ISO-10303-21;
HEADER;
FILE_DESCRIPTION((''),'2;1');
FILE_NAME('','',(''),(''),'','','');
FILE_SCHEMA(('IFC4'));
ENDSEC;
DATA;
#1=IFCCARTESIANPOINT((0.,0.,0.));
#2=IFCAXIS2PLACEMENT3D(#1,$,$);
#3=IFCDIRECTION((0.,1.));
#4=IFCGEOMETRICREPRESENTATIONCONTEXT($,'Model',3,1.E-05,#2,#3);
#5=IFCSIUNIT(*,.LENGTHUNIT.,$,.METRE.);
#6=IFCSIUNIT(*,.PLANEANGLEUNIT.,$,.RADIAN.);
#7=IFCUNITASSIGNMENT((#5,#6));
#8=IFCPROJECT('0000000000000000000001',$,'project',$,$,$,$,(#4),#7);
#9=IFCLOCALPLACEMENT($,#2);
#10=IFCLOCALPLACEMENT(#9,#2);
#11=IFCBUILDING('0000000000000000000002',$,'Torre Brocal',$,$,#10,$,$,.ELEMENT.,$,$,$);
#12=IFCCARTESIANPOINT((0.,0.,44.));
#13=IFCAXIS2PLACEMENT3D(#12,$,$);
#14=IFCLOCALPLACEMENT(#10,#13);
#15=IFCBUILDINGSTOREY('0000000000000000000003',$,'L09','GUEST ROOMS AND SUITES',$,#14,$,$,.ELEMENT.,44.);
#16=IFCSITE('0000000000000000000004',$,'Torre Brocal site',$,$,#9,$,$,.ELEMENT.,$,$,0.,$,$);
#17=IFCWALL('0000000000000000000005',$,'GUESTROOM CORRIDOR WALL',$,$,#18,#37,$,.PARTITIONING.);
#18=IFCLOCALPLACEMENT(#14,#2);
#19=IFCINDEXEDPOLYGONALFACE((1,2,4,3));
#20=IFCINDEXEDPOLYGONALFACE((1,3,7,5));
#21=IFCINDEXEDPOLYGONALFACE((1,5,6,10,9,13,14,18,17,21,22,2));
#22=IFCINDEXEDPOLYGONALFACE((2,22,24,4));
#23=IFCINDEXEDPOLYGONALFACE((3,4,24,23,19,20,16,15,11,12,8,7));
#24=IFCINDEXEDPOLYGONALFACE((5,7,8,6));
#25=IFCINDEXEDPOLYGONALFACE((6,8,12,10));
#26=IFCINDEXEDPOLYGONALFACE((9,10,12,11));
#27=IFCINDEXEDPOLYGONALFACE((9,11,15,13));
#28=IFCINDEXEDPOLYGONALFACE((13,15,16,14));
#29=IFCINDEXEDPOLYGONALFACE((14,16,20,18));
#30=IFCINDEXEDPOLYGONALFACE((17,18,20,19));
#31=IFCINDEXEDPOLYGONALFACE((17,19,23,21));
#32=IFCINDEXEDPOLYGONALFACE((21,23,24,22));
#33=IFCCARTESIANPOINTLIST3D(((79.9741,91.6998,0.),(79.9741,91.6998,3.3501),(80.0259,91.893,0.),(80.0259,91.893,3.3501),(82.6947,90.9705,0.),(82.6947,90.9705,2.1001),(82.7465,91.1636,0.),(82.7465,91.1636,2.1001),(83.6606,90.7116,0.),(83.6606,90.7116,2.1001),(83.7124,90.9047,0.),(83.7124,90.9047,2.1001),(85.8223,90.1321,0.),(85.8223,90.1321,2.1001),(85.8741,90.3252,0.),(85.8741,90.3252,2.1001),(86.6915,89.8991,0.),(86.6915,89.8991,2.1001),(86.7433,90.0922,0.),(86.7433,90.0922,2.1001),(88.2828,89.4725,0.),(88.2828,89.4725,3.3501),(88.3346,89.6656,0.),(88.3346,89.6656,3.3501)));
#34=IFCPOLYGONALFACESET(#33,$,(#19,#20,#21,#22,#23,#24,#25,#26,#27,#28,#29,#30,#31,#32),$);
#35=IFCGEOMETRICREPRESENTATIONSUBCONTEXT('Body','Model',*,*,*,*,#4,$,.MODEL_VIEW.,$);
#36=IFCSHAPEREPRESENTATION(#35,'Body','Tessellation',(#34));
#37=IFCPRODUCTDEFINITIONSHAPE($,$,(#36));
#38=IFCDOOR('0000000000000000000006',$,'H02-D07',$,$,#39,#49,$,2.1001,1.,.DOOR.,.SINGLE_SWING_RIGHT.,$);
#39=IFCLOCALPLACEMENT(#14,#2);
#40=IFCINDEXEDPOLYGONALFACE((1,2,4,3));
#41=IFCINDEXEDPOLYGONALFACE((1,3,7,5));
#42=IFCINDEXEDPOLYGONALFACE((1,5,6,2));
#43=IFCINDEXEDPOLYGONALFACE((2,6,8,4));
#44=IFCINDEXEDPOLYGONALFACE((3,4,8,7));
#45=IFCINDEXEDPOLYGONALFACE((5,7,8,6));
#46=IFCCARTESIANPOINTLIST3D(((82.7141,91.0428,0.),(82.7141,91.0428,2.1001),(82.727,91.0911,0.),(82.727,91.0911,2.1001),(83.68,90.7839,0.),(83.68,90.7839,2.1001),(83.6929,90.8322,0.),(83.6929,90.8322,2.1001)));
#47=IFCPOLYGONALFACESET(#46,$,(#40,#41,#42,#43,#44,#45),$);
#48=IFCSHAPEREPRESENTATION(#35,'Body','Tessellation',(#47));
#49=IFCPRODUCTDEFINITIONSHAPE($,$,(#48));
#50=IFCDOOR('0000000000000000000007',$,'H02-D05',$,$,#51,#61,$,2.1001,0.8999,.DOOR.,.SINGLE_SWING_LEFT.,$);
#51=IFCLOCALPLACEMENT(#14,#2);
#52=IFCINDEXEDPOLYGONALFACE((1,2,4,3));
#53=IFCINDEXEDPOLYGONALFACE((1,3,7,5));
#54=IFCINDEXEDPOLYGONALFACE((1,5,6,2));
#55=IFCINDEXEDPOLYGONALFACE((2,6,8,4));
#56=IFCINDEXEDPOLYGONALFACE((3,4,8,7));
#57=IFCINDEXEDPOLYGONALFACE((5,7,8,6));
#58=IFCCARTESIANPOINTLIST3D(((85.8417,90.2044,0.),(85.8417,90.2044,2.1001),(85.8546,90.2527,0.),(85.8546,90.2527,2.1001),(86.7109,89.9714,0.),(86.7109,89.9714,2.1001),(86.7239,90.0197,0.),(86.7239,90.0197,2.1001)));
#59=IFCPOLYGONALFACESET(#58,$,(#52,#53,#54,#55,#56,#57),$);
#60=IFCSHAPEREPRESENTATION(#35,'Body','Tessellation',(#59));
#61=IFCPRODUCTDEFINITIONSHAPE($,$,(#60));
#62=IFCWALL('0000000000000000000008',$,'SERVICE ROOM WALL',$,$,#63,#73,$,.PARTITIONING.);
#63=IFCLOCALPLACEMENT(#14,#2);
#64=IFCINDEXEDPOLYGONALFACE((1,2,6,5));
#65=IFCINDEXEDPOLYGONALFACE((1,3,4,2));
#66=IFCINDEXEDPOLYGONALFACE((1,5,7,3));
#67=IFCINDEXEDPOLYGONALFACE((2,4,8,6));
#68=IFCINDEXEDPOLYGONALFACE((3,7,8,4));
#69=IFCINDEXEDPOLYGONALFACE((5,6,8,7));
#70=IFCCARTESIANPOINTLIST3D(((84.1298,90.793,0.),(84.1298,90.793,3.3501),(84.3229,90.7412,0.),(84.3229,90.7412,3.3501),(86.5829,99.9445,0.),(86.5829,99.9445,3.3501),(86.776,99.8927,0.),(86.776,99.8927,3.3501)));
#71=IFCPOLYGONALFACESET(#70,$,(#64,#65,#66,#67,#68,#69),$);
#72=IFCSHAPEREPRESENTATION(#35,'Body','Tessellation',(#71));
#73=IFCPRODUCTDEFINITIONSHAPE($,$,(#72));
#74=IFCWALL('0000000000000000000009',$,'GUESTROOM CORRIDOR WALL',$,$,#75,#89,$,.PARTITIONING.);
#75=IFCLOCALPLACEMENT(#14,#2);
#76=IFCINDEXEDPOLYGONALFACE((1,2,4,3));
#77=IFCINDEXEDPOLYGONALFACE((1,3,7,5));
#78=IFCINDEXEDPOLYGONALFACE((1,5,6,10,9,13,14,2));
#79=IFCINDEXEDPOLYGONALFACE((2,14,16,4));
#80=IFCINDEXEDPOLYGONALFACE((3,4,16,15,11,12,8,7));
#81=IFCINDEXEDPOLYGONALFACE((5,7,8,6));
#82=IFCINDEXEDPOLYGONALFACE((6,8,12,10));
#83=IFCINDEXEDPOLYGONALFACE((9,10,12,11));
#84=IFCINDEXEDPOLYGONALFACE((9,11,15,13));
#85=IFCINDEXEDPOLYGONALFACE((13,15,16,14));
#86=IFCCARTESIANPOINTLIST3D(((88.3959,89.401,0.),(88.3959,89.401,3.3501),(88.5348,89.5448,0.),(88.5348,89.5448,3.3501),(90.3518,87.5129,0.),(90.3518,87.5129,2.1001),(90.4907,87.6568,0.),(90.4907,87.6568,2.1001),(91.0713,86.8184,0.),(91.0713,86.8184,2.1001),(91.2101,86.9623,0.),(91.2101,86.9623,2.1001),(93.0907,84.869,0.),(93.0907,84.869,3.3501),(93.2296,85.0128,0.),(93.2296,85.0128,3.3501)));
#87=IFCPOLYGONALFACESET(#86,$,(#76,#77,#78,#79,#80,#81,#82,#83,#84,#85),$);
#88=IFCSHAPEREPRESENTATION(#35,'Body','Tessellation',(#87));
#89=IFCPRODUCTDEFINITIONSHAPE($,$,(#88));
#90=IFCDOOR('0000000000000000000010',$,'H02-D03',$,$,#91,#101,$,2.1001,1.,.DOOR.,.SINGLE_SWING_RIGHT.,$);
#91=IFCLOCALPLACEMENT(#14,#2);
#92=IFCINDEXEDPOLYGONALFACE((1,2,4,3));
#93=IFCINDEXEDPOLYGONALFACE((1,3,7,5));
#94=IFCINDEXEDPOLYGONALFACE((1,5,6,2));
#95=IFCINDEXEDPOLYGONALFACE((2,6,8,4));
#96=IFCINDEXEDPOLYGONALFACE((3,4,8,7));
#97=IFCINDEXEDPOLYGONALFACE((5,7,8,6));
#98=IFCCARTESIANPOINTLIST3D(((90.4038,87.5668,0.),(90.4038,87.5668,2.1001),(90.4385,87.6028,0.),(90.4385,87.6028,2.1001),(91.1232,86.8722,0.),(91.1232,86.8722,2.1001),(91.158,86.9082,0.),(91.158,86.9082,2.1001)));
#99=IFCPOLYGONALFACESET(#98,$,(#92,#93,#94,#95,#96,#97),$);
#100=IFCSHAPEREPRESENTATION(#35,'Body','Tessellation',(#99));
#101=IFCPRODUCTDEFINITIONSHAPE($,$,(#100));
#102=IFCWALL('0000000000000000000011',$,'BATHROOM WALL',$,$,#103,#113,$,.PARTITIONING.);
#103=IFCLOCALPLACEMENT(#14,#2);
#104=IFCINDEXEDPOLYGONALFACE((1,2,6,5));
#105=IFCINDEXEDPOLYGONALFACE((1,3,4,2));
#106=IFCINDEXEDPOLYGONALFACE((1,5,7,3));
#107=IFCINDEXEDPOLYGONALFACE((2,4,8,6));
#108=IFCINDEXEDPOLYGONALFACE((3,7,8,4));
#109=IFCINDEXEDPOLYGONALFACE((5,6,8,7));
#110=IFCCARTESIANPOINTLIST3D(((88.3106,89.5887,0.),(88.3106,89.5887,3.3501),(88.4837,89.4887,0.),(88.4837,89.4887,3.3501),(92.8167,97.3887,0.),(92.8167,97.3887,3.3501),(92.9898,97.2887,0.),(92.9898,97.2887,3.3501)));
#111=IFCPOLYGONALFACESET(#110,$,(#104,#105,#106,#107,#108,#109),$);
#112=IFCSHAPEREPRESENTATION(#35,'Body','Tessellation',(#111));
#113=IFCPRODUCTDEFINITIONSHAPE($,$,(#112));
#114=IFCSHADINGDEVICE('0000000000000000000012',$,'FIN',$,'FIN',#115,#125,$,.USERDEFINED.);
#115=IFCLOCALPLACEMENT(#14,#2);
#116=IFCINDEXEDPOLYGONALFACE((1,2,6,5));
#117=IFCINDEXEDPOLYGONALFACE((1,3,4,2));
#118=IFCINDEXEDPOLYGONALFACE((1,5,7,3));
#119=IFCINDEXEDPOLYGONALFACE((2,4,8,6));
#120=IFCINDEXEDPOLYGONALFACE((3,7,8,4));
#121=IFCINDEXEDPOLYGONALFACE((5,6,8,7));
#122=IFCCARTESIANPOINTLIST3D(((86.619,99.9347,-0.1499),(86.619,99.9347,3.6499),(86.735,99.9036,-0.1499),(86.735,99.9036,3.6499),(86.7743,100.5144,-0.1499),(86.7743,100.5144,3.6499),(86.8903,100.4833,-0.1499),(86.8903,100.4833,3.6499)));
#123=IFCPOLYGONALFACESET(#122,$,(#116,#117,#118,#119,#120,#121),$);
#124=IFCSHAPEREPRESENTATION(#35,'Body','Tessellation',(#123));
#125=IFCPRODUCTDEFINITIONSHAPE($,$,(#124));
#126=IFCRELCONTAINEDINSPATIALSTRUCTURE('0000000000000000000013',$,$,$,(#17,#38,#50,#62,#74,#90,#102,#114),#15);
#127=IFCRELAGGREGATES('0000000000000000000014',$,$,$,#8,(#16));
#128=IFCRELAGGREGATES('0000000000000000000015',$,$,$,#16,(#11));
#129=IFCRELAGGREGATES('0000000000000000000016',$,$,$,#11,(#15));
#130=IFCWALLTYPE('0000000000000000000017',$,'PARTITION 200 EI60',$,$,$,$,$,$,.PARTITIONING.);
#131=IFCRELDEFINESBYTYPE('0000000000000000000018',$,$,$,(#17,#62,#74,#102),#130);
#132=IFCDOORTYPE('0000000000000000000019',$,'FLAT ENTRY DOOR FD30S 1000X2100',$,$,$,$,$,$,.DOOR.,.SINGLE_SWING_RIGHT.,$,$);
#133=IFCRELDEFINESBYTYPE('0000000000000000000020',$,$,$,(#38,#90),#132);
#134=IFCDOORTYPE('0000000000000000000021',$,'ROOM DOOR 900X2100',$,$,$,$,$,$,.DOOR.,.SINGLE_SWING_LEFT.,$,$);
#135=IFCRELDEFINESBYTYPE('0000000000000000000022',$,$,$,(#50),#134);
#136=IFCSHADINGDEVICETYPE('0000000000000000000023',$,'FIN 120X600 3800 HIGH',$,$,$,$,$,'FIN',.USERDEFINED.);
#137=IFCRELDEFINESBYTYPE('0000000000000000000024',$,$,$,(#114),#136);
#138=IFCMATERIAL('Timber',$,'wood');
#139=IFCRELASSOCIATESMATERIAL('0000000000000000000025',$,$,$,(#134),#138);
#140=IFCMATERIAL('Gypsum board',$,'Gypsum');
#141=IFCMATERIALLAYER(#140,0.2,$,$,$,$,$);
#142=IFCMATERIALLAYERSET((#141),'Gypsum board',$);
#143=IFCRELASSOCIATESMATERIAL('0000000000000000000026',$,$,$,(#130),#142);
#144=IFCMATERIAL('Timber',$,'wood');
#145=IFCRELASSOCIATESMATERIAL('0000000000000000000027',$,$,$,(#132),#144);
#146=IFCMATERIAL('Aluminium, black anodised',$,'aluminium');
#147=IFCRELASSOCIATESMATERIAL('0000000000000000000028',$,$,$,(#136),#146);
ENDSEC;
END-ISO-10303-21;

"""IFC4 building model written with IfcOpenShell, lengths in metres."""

from ifc_helpers import new_model, si_unit, direction, frame, frame_2d, origin, origin_2d, place, context, subcontext, project, spatial, rectangle, extrude, material, layer, layer_set, material_profile, profile_set, type_object, element, fill, save


model = new_model("IFC4")

# Units and contexts
model_context = context("Model", 3, precision=1e-05, world=origin(), true_north=direction((0.0, 1.0)))
body_context = subcontext(model_context, "Body", "Model", "MODEL_VIEW")
ifc_project = project(units=[si_unit("LENGTHUNIT", "METRE"), si_unit("PLANEANGLEUNIT", "RADIAN")], contexts=[model_context])

# Site, building, storey
site_placement = place(None, origin())
site = spatial("IfcSite", under=ifc_project, at=site_placement, Name="Torre Brocal site", CompositionType="ELEMENT", RefElevation=0.0)
building_placement = place(site_placement, origin())
building = spatial("IfcBuilding", under=site, at=building_placement, Name="Torre Brocal", CompositionType="ELEMENT")
storey_placement = place(building_placement, frame((0.0, 0.0, 44.0)))
storey = spatial("IfcBuildingStorey", under=building, at=storey_placement, Name="L09", Description="GUEST ROOMS AND SUITES", CompositionType="ELEMENT", Elevation=44.0)

# Shared definitions
ifc_material_1 = material(Name="Timber", Category="wood")
door_type_1 = type_object("IfcDoorType", Name="ROOM DOOR 900X2100", OperationType="SINGLE_SWING_LEFT", PredefinedType="DOOR", material=ifc_material_1)
ifc_material_2 = material(Name="Gypsum board", Category="Gypsum")
ifc_layer_1 = layer(ifc_material_2, 0.2)
ifc_layer_set_1 = layer_set([ifc_layer_1], Name="Gypsum board")
wall_type_1 = type_object("IfcWallType", Name="PARTITION 200 EI60", PredefinedType="PARTITIONING", material=ifc_layer_set_1)

# Wall, openings, doors
wall_1_placement = place(storey_placement, frame((80.0, 91.7964, 0.0), z_axis=(0.0, 0.0, 1.0), x_axis=(0.965896, -0.258929, 0.0)))
wall_1 = element("IfcWall", 1, at=wall_1_placement, inside=storey, type_object=wall_type_1, Name="GUESTROOM CORRIDOR WALL", PredefinedType="PARTITIONING", context=body_context, shape_type="SweptSolid", body=[
    extrude(rectangle(XDim=8.6021, YDim=0.2, at=frame_2d((4.301, 0.0))), origin(), (0.0, 0.0, 1.0), 3.3501),
])
opening_1_placement = place(wall_1_placement, frame((6.0547, 0.0, 0.0)))
opening_1 = element("IfcOpeningElement", 2, at=opening_1_placement, cuts=wall_1, PredefinedType="OPENING", context=body_context, shape_type="SweptSolid", body=[
    extrude(rectangle(XDim=0.8999, YDim=2.1001, at=frame_2d((0.45, 1.05))), frame((0.0, 0.1099, 0.0), z_axis=(0.0, -1.0, 0.0), x_axis=(1.0, 0.0, 0.0)), (0.0, 0.0, 1.0), 0.22),
])
opening_2_placement = place(wall_1_placement, frame((2.8167, 0.0, 0.0)))
opening_2 = element("IfcOpeningElement", 3, at=opening_2_placement, cuts=wall_1, PredefinedType="OPENING", context=body_context, shape_type="SweptSolid", body=[
    extrude(rectangle(XDim=1.0, YDim=2.1001, at=frame_2d((0.5, 1.05))), frame((0.0, 0.1099, 0.0), z_axis=(0.0, -1.0, 0.0), x_axis=(1.0, 0.0, 0.0)), (0.0, 0.0, 1.0), 0.22),
])
ifc_material_3 = material(Name="Timber", Category="wood")
door_type_2 = type_object("IfcDoorType", Name="FLAT ENTRY DOOR FD30S 1000X2100", OperationType="SINGLE_SWING_RIGHT", PredefinedType="DOOR", material=ifc_material_3)
door_1_placement = place(opening_2_placement, origin())
door_1 = element("IfcDoor", 4, at=door_1_placement, inside=storey, type_object=door_type_2, Name="H02-D07", OperationType="SINGLE_SWING_RIGHT", OverallHeight=2.1001, OverallWidth=1.0, PredefinedType="DOOR", context=body_context, shape_type="SweptSolid", body=[
    extrude(rectangle(XDim=1.0, YDim=2.1001, at=frame_2d((0.5, 1.05))), frame((0.0, 0.0249, 0.0), z_axis=(0.0, -1.0, 0.0), x_axis=(1.0, 0.0, 0.0)), (0.0, 0.0, 1.0), 0.05),
])
fill(opening_2, door_1)
door_2_placement = place(opening_1_placement, origin())
door_2 = element("IfcDoor", 5, at=door_2_placement, inside=storey, type_object=door_type_1, Name="H02-D05", OperationType="SINGLE_SWING_LEFT", OverallHeight=2.1001, OverallWidth=0.8999, PredefinedType="DOOR", context=body_context, shape_type="SweptSolid", body=[
    extrude(rectangle(XDim=0.8999, YDim=2.1001, at=frame_2d((0.45, 1.05))), frame((0.0, 0.0249, 0.0), z_axis=(0.0, -1.0, 0.0), x_axis=(1.0, 0.0, 0.0)), (0.0, 0.0, 1.0), 0.05),
])
fill(opening_1, door_2)

# Wall
wall_2_placement = place(storey_placement, frame((84.2263, 90.7671, 0.0), z_axis=(0.0, 0.0, 1.0), x_axis=(0.258913, 0.965901, 0.0)))
element("IfcWall", 6, at=wall_2_placement, inside=storey, type_object=wall_type_1, Name="SERVICE ROOM WALL", PredefinedType="PARTITIONING", context=body_context, shape_type="SweptSolid", body=[
    extrude(rectangle(XDim=9.4746, YDim=0.2, at=frame_2d((4.7373, 0.0))), origin(), (0.0, 0.0, 1.0), 3.3501),
])

# Wall, opening, door
wall_3_placement = place(storey_placement, frame((88.4653, 89.4729, 0.0), z_axis=(0.0, 0.0, 1.0), x_axis=(0.719474, -0.694519, 0.0)))
wall_3 = element("IfcWall", 7, at=wall_3_placement, inside=storey, type_object=wall_type_1, Name="GUESTROOM CORRIDOR WALL", PredefinedType="PARTITIONING", context=body_context, shape_type="SweptSolid", body=[
    extrude(rectangle(XDim=6.5254, YDim=0.2, at=frame_2d((3.2627, 0.0))), origin(), (0.0, 0.0, 1.0), 3.3501),
])
opening_3_placement = place(wall_3_placement, frame((2.7185, 0.0, 0.0)))
opening_3 = element("IfcOpeningElement", 8, at=opening_3_placement, cuts=wall_3, PredefinedType="OPENING", context=body_context, shape_type="SweptSolid", body=[
    extrude(rectangle(XDim=1.0, YDim=2.1001, at=frame_2d((0.5, 1.05))), frame((0.0, 0.1099, 0.0), z_axis=(0.0, -1.0, 0.0), x_axis=(1.0, 0.0, 0.0)), (0.0, 0.0, 1.0), 0.22),
])
door_3_placement = place(opening_3_placement, origin())
door_3 = element("IfcDoor", 9, at=door_3_placement, inside=storey, type_object=door_type_2, Name="H02-D03", OperationType="SINGLE_SWING_RIGHT", OverallHeight=2.1001, OverallWidth=1.0, PredefinedType="DOOR", context=body_context, shape_type="SweptSolid", body=[
    extrude(rectangle(XDim=1.0, YDim=2.1001, at=frame_2d((0.5, 1.05))), frame((0.0, 0.0249, 0.0), z_axis=(0.0, -1.0, 0.0), x_axis=(1.0, 0.0, 0.0)), (0.0, 0.0, 1.0), 0.05),
])
fill(opening_3, door_3)

# Wall
wall_4_placement = place(storey_placement, frame((88.3972, 89.5388, 0.0), z_axis=(0.0, 0.0, 1.0), x_axis=(0.500228, 0.865894, 0.0)))
element("IfcWall", 10, at=wall_4_placement, inside=storey, type_object=wall_type_1, Name="BATHROOM WALL", PredefinedType="PARTITIONING", context=body_context, shape_type="SweptSolid", body=[
    extrude(rectangle(XDim=9.0081, YDim=0.2, at=frame_2d((4.5039, 0.0))), origin(), (0.0, 0.0, 1.0), 3.3501),
])

# Shading device
ifc_material_4 = material(Name="Aluminium, black anodised", Category="aluminium")
ifc_material_profile_1 = material_profile(ifc_material_4, rectangle(XDim=0.1201, YDim=0.6001, at=origin_2d()), Name="FIN 120X600 3800 HIGH")
ifc_profile_set_1 = profile_set([ifc_material_profile_1], Name="Aluminium, black anodised")
shading_device_type = type_object("IfcShadingDeviceType", Name="FIN 120X600 3800 HIGH", ElementType="FIN", PredefinedType="USERDEFINED", material=ifc_profile_set_1)
shading_device_placement = place(storey_placement, frame((86.7546, 100.209, -0.1499), z_axis=(0.0, 0.0, 1.0), x_axis=(-0.965926, 0.258819, 0.0)))
element("IfcShadingDevice", 11, at=shading_device_placement, inside=storey, type_object=shading_device_type, Name="FIN", ObjectType="FIN", PredefinedType="USERDEFINED", context=body_context, shape_type="SweptSolid", body=[
    extrude(rectangle(XDim=0.1201, YDim=0.6001, at=origin_2d()), origin(), (0.0, 0.0, 1.0), 3.7998),
])

save(model, "model.ifc")
